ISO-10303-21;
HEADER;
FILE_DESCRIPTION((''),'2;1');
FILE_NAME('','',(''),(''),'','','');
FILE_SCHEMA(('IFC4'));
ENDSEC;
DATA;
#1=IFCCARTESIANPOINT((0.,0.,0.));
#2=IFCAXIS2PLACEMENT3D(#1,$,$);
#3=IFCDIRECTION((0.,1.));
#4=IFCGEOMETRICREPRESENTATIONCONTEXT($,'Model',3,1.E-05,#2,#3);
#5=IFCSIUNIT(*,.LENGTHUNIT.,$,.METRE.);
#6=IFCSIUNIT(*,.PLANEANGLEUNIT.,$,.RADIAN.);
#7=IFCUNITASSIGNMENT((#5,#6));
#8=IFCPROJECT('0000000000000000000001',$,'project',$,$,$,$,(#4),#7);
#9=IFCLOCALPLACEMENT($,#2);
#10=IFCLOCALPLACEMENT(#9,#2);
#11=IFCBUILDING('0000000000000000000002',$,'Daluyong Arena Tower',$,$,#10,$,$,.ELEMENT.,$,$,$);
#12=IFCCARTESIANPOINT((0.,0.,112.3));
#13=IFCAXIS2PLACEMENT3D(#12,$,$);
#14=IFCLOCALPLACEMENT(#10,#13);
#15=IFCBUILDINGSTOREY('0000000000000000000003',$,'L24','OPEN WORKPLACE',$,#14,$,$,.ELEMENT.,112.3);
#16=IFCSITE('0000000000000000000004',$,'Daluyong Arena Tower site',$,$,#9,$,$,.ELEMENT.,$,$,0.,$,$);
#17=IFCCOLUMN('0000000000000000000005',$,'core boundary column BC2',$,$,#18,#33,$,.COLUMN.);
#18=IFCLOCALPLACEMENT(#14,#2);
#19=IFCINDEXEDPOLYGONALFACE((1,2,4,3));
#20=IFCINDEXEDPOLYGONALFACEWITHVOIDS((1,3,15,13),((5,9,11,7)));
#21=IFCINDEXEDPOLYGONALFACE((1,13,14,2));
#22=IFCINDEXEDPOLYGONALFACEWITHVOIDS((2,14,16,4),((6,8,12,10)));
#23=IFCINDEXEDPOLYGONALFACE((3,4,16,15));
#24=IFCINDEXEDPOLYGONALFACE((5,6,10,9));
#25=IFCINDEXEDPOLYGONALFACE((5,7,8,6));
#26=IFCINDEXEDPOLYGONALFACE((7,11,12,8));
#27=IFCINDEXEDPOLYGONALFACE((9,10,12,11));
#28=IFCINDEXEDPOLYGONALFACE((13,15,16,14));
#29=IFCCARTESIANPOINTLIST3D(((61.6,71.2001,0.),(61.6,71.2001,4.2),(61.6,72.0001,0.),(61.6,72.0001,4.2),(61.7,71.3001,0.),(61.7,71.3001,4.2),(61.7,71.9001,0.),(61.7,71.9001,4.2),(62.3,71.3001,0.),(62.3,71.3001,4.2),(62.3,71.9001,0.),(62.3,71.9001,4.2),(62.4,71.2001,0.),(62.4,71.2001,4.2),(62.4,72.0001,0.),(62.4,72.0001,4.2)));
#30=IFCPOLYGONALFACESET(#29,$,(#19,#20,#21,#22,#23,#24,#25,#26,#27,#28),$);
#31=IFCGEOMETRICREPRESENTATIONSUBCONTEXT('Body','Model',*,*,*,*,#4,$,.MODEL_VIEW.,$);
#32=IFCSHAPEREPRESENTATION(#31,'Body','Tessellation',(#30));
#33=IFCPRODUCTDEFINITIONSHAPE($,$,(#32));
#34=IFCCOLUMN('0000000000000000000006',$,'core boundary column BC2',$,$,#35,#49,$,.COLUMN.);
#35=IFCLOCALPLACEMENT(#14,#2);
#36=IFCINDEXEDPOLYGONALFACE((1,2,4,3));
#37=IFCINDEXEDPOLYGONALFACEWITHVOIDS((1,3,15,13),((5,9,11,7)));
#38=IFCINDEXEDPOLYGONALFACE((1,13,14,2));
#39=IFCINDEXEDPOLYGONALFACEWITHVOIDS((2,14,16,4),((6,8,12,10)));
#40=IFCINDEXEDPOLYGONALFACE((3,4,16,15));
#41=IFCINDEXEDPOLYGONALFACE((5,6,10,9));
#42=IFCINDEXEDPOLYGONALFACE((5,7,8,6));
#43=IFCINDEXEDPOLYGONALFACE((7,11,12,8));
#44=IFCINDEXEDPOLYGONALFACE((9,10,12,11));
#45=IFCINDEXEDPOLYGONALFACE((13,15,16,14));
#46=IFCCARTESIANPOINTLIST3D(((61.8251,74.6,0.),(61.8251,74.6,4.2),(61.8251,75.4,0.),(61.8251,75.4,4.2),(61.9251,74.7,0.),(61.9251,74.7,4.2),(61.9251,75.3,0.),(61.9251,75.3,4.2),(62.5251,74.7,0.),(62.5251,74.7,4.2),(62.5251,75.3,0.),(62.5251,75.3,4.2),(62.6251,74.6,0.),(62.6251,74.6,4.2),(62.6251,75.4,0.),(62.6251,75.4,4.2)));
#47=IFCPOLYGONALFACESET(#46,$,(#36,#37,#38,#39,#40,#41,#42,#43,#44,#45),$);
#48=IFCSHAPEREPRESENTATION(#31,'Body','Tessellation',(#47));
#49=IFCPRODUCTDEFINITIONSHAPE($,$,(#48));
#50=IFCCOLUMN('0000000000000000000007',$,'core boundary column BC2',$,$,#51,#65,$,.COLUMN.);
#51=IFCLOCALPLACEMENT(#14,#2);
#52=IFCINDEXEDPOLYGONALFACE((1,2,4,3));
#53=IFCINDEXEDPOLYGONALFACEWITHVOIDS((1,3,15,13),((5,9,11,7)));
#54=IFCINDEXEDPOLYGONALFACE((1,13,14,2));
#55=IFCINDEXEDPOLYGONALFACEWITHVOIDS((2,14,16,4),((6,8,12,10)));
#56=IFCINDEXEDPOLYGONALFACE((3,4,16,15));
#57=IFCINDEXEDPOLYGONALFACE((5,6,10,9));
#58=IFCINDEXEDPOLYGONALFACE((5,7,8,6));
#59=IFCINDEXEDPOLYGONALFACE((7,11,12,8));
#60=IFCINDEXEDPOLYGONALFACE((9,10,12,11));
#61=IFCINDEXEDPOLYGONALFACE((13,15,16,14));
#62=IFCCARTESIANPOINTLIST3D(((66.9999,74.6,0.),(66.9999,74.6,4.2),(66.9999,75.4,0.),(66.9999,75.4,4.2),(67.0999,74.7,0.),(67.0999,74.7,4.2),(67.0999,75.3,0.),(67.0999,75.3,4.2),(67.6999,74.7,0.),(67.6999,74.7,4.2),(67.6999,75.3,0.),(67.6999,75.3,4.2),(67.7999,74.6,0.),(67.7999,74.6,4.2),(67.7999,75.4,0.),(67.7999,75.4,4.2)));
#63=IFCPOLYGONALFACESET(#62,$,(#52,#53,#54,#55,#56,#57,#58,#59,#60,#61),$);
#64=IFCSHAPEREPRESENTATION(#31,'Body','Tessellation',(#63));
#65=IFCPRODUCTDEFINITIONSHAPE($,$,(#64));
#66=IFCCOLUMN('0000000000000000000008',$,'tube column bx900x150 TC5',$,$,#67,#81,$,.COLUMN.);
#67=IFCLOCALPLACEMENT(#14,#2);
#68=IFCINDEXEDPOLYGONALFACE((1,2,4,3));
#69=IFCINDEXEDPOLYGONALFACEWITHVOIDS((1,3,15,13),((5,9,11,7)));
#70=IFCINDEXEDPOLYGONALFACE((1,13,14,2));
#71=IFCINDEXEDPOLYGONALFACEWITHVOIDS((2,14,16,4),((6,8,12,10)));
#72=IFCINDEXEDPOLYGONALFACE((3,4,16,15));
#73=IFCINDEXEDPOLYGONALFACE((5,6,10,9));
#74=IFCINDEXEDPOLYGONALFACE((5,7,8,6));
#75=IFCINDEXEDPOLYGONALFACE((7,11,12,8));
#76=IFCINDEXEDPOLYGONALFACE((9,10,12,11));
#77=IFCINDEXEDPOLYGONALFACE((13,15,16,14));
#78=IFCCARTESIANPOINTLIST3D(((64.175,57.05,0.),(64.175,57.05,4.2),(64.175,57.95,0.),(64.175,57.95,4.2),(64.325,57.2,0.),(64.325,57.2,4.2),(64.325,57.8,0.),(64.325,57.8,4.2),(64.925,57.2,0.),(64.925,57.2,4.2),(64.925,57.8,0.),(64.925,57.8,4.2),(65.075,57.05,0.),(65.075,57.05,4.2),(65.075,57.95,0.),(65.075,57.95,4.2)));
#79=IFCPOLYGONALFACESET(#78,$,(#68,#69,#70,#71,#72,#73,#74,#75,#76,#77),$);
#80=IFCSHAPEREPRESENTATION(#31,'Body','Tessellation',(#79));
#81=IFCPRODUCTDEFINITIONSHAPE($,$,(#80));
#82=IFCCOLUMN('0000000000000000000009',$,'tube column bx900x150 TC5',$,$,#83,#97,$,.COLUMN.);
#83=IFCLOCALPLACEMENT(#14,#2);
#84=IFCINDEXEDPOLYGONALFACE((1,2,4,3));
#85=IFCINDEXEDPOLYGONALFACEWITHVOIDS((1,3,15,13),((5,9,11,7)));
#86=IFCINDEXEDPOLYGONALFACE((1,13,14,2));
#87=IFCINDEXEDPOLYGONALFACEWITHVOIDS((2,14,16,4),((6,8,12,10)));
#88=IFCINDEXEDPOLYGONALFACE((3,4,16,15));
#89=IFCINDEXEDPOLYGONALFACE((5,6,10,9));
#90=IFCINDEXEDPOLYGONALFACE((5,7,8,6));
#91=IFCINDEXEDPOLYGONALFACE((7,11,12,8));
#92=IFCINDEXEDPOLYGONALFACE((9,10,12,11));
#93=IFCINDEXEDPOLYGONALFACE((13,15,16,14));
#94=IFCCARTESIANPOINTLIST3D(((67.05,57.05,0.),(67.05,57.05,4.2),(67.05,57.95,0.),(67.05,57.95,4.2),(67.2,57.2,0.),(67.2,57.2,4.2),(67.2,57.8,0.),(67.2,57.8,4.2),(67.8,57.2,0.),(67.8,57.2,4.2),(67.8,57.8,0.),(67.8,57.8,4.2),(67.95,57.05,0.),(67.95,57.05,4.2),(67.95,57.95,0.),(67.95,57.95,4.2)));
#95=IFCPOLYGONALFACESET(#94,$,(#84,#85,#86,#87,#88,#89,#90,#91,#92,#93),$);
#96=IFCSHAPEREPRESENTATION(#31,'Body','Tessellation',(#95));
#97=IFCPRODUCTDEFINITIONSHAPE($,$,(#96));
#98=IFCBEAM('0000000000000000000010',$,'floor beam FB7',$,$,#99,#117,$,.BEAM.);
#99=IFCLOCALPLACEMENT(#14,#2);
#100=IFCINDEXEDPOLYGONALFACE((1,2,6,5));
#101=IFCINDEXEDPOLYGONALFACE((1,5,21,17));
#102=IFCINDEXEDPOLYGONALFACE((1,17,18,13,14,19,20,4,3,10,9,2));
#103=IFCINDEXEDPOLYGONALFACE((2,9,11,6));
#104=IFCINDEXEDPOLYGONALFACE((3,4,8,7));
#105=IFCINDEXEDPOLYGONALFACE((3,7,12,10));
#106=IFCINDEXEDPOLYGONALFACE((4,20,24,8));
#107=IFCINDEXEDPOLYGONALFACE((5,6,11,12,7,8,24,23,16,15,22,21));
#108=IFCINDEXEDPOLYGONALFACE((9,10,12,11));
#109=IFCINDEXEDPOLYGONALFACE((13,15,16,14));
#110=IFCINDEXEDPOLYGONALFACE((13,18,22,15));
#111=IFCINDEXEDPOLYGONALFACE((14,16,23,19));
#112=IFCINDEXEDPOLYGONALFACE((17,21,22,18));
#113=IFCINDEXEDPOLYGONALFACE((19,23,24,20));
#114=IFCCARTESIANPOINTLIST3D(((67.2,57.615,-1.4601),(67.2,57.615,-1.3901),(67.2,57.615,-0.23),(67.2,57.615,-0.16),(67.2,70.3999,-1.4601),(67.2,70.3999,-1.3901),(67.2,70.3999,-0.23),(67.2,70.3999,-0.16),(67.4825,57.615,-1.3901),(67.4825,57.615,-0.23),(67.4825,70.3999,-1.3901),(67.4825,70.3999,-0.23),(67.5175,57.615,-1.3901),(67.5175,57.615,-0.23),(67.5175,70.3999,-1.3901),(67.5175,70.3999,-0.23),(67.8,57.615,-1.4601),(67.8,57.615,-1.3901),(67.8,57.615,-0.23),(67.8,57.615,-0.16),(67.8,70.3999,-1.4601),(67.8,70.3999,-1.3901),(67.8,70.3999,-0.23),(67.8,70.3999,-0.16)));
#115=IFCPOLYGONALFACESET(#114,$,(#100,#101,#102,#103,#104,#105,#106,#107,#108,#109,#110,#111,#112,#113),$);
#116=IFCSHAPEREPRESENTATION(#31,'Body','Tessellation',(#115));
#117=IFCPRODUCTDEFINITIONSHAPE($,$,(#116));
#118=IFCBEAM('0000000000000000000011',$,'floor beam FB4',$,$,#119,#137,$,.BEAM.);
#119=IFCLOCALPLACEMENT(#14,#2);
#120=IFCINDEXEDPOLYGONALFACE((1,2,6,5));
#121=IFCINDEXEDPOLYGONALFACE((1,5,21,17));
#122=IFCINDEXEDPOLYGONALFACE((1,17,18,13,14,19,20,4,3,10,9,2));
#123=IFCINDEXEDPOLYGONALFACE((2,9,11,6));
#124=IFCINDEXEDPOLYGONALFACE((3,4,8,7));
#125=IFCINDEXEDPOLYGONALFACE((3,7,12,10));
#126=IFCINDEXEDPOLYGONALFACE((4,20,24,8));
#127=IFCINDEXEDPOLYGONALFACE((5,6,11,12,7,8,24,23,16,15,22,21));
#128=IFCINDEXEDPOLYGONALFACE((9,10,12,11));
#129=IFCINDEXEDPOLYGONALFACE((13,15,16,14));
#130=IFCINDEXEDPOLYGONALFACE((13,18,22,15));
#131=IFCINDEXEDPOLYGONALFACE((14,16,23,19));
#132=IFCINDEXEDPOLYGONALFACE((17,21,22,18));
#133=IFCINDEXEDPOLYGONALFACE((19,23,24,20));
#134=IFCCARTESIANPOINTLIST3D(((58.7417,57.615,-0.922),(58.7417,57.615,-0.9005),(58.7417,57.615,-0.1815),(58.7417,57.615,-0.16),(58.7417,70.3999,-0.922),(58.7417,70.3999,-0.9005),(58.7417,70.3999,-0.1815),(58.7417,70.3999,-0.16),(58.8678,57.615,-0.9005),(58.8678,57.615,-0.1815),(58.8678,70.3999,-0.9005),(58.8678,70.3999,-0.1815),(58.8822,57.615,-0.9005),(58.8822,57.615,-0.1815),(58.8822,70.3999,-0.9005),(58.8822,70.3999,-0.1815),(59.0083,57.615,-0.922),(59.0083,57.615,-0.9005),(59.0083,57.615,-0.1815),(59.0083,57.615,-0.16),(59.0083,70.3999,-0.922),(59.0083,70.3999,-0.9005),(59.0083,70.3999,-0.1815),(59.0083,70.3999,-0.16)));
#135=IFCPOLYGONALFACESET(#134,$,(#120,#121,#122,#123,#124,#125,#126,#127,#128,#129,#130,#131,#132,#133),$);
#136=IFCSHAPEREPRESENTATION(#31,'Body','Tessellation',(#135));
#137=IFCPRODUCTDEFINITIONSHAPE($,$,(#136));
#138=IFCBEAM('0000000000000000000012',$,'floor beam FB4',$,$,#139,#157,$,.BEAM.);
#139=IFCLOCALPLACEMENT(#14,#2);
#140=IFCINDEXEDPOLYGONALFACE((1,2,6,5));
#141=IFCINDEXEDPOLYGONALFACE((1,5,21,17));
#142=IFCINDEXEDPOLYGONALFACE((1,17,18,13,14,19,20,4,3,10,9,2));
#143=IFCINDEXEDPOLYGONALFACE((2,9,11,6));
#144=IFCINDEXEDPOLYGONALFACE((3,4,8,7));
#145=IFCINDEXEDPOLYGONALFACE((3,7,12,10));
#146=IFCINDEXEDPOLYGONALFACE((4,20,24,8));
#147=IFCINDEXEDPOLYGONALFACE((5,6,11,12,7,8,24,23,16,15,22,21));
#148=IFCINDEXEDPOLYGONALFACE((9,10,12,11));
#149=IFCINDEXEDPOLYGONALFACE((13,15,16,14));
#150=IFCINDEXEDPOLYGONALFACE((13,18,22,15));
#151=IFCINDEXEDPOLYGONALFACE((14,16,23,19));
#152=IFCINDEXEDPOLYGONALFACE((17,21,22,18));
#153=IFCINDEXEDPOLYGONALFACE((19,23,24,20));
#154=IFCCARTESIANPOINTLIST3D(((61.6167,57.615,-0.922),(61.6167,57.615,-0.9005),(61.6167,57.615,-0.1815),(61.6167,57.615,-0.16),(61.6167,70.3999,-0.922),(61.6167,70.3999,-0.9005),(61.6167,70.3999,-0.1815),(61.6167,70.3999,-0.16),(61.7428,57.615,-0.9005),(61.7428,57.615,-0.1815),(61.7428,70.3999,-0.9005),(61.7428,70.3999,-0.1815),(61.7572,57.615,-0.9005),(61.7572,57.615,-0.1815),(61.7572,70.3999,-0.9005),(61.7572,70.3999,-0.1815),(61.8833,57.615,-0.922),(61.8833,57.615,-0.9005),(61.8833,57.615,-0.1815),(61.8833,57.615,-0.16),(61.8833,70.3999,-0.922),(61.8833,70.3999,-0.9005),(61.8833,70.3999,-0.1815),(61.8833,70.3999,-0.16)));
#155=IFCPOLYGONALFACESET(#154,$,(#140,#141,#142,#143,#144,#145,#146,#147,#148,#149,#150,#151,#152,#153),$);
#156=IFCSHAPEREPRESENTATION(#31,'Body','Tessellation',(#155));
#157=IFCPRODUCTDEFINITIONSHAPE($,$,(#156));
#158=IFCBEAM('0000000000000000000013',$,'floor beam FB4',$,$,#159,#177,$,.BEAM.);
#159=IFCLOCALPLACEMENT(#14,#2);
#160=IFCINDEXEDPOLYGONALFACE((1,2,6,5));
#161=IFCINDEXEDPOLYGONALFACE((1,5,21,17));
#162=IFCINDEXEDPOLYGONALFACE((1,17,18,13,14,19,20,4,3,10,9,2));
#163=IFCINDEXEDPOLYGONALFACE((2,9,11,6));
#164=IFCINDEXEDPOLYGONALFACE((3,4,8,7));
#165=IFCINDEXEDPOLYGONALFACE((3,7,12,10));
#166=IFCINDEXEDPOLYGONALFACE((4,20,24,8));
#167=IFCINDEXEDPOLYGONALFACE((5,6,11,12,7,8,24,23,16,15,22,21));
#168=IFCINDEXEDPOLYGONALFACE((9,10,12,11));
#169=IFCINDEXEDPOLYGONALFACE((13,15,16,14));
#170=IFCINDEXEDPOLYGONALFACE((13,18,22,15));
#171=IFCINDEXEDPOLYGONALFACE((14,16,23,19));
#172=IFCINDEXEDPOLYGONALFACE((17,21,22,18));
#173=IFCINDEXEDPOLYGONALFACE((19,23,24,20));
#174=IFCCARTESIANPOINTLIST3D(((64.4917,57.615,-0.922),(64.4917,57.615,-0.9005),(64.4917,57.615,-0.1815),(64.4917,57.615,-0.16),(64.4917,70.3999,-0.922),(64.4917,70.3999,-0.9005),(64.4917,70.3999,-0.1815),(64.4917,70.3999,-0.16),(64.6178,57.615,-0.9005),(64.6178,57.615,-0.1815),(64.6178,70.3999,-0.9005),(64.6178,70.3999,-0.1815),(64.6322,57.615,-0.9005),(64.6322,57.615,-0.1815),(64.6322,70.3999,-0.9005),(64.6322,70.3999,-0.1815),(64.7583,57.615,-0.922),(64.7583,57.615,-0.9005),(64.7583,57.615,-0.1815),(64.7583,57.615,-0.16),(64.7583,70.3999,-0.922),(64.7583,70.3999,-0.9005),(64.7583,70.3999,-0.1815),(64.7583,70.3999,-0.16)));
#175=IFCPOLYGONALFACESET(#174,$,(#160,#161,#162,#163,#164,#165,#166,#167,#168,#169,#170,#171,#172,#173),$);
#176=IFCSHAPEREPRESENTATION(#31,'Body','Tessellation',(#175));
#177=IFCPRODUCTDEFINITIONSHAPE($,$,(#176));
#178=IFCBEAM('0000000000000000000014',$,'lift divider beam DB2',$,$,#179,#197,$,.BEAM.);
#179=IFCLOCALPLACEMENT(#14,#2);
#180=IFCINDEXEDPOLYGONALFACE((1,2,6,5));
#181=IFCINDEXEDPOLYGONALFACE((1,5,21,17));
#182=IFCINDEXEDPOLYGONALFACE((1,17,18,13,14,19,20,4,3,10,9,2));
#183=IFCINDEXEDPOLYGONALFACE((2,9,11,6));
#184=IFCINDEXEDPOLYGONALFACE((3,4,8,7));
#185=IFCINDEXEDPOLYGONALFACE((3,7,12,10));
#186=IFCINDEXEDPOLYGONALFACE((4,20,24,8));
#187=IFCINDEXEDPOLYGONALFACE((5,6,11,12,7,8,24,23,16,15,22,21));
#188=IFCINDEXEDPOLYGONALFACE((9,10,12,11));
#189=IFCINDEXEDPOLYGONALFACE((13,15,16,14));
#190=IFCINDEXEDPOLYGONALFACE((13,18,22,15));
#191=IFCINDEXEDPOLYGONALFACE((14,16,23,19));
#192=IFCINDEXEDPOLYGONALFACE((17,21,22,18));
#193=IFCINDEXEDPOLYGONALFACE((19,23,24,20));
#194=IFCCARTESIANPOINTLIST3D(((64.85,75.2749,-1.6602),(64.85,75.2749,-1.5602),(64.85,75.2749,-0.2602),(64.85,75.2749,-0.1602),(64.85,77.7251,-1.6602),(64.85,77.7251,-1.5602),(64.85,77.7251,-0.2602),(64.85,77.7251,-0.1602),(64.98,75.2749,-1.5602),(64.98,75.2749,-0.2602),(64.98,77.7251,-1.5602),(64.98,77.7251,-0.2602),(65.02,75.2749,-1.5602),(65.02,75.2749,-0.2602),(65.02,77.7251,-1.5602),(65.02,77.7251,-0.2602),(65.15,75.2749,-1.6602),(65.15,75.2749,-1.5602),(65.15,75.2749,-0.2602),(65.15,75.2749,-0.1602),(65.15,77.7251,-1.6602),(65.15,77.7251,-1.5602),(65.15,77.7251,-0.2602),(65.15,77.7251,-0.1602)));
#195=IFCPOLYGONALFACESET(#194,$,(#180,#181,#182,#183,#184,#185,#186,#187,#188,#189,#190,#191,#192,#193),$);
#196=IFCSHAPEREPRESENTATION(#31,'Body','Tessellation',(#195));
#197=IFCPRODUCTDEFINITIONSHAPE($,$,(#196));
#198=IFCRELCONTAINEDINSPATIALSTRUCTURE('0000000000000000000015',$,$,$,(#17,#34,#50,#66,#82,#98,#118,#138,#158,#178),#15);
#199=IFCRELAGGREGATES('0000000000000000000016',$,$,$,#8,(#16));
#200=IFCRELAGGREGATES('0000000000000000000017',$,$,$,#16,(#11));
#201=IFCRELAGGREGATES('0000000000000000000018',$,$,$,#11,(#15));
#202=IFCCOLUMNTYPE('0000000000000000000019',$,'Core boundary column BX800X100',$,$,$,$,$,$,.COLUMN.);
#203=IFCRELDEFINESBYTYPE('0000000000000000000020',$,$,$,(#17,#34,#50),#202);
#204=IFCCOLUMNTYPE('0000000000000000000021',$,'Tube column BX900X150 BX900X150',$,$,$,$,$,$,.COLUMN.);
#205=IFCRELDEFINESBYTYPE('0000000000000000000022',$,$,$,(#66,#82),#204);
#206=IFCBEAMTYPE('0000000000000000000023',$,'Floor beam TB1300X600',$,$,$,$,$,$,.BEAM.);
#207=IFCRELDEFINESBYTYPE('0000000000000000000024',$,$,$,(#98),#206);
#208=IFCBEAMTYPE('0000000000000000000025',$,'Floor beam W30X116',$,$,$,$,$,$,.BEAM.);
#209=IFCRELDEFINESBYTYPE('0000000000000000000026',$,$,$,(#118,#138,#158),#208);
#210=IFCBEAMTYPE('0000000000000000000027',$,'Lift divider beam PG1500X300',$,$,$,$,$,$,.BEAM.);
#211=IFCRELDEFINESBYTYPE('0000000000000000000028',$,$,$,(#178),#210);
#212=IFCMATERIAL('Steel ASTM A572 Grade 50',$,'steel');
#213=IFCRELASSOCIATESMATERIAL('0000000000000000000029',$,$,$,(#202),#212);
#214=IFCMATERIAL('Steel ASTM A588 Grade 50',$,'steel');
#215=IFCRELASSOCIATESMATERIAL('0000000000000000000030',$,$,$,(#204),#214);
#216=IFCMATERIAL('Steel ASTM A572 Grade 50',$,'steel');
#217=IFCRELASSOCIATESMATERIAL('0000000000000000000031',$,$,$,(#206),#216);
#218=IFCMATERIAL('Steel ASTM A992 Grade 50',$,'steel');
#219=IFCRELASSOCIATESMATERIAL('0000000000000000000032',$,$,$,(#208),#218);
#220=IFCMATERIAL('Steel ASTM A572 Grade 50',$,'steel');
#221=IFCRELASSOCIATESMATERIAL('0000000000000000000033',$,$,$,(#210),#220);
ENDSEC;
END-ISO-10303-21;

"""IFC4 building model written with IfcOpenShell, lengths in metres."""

from ifc_helpers import new_model, si_unit, direction, frame, origin, origin_2d, place, context, subcontext, project, spatial, hollow_rectangle, i_section, extrude, material, material_profile, profile_set, type_object, element, save


model = new_model("IFC4")

# Units and contexts
model_context = context("Model", 3, precision=1e-05, world=origin(), true_north=direction((0.0, 1.0)))
body_context = subcontext(model_context, "Body", "Model", "MODEL_VIEW")
ifc_project = project(units=[si_unit("LENGTHUNIT", "METRE"), si_unit("PLANEANGLEUNIT", "RADIAN")], contexts=[model_context])

# Site, building, storey
site_placement = place(None, origin())
site = spatial("IfcSite", under=ifc_project, at=site_placement, Name="Daluyong Arena Tower site", CompositionType="ELEMENT", RefElevation=0.0)
building_placement = place(site_placement, origin())
building = spatial("IfcBuilding", under=site, at=building_placement, Name="Daluyong Arena Tower", CompositionType="ELEMENT")
storey_placement = place(building_placement, frame((0.0, 0.0, 112.3)))
storey = spatial("IfcBuildingStorey", under=building, at=storey_placement, Name="L24", Description="OPEN WORKPLACE", CompositionType="ELEMENT", Elevation=112.3)

# Columns
ifc_material_1 = material(Name="Steel ASTM A572 Grade 50", Category="steel")
ifc_material_profile_1 = material_profile(ifc_material_1, hollow_rectangle(XDim=0.8, YDim=0.8, WallThickness=0.1, at=origin_2d()))
ifc_profile_set_1 = profile_set([ifc_material_profile_1], Name="Steel ASTM A572 Grade 50")
column_type_1 = type_object("IfcColumnType", Name="Core boundary column BX800X100", PredefinedType="COLUMN", material=ifc_profile_set_1)
for number, where, z_axis, x_axis, name in (
    (1, (62.0, 71.6001, 0.0), (0.0, 0.0, 1.0), (1.0, 0.0, 0.0), "core boundary column BC2"),
    (2, (62.2251, 75.0, 0.0), (0.0, 0.0, 1.0), (1.0, 0.0, 0.0), "core boundary column BC2"),
    (3, (67.3999, 75.0, 0.0), (0.0, 0.0, 1.0), (1.0, 0.0, 0.0), "core boundary column BC2"),
):
    element("IfcColumn", number, at=place(storey_placement, frame(where, z_axis=z_axis, x_axis=x_axis)), inside=storey, type_object=column_type_1, Name=name, PredefinedType="COLUMN", context=body_context, shape_type="SweptSolid", body=[
        extrude(hollow_rectangle(XDim=0.8, YDim=0.8, WallThickness=0.1, at=origin_2d()), origin(), (0.0, 0.0, 1.0), 4.2),
    ])
ifc_material_2 = material(Name="Steel ASTM A588 Grade 50", Category="steel")
ifc_material_profile_2 = material_profile(ifc_material_2, hollow_rectangle(XDim=0.8999, YDim=0.8999, WallThickness=0.15, at=origin_2d()))
ifc_profile_set_2 = profile_set([ifc_material_profile_2], Name="Steel ASTM A588 Grade 50")
column_type_2 = type_object("IfcColumnType", Name="Tube column BX900X150 BX900X150", PredefinedType="COLUMN", material=ifc_profile_set_2)
for number, where, z_axis, x_axis, name in (
    (4, (64.625, 57.5, 0.0), (0.0, 0.0, 1.0), (1.0, 0.0, 0.0), "tube column bx900x150 TC5"),
    (5, (67.5, 57.5, 0.0), (0.0, 0.0, 1.0), (1.0, 0.0, 0.0), "tube column bx900x150 TC5"),
):
    element("IfcColumn", number, at=place(storey_placement, frame(where, z_axis=z_axis, x_axis=x_axis)), inside=storey, type_object=column_type_2, Name=name, PredefinedType="COLUMN", context=body_context, shape_type="SweptSolid", body=[
        extrude(hollow_rectangle(XDim=0.8999, YDim=0.8999, WallThickness=0.15, at=origin_2d()), origin(), (0.0, 0.0, 1.0), 4.2),
    ])

# Beams
ifc_material_3 = material(Name="Steel ASTM A572 Grade 50", Category="steel")
ifc_material_profile_3 = material_profile(ifc_material_3, i_section(OverallWidth=0.6001, OverallDepth=1.3, WebThickness=0.035, FlangeThickness=0.07, at=origin_2d()))
ifc_profile_set_3 = profile_set([ifc_material_profile_3], Name="Steel ASTM A572 Grade 50")
beam_type_1 = type_object("IfcBeamType", Name="Floor beam TB1300X600", PredefinedType="BEAM", material=ifc_profile_set_3)
beam_1_placement = place(storey_placement, frame((67.5, 57.615, -0.8101), z_axis=(0.0, 1.0, 0.0), x_axis=(-1.0, 0.0, 0.0)))
element("IfcBeam", 6, at=beam_1_placement, inside=storey, type_object=beam_type_1, Name="floor beam FB7", PredefinedType="BEAM", context=body_context, shape_type="SweptSolid", body=[
    extrude(i_section(OverallWidth=0.6001, OverallDepth=1.3, WebThickness=0.035, FlangeThickness=0.07, at=origin_2d()), origin(), (0.0, 0.0, 1.0), 12.7849),
])
ifc_material_4 = material(Name="Steel ASTM A992 Grade 50", Category="steel")
ifc_material_profile_4 = material_profile(ifc_material_4, i_section(OverallWidth=0.2666, OverallDepth=0.762, WebThickness=0.0144, FlangeThickness=0.0215, at=origin_2d()))
ifc_profile_set_4 = profile_set([ifc_material_profile_4], Name="Steel ASTM A992 Grade 50")
beam_type_2 = type_object("IfcBeamType", Name="Floor beam W30X116", PredefinedType="BEAM", material=ifc_profile_set_4)
for number, where, z_axis, x_axis, name in (
    (7, (58.875, 57.615, -0.541), (0.0, 1.0, 0.0), (-1.0, 0.0, 0.0), "floor beam FB4"),
    (8, (61.75, 57.615, -0.541), (0.0, 1.0, 0.0), (-1.0, 0.0, 0.0), "floor beam FB4"),
    (9, (64.625, 57.615, -0.541), (0.0, 1.0, 0.0), (-1.0, 0.0, 0.0), "floor beam FB4"),
):
    element("IfcBeam", number, at=place(storey_placement, frame(where, z_axis=z_axis, x_axis=x_axis)), inside=storey, type_object=beam_type_2, Name=name, PredefinedType="BEAM", context=body_context, shape_type="SweptSolid", body=[
        extrude(i_section(OverallWidth=0.2666, OverallDepth=0.762, WebThickness=0.0144, FlangeThickness=0.0215, at=origin_2d()), origin(), (0.0, 0.0, 1.0), 12.7849),
    ])
ifc_material_5 = material(Name="Steel ASTM A572 Grade 50", Category="steel")
ifc_material_profile_5 = material_profile(ifc_material_5, i_section(OverallWidth=0.3, OverallDepth=1.5, WebThickness=0.04, FlangeThickness=0.1, at=origin_2d()))
ifc_profile_set_5 = profile_set([ifc_material_profile_5], Name="Steel ASTM A572 Grade 50")
beam_type_3 = type_object("IfcBeamType", Name="Lift divider beam PG1500X300", PredefinedType="BEAM", material=ifc_profile_set_5)
beam_2_placement = place(storey_placement, frame((65.0, 75.2749, -0.9102), z_axis=(0.0, 1.0, 0.0), x_axis=(-1.0, 0.0, 0.0)))
element("IfcBeam", 10, at=beam_2_placement, inside=storey, type_object=beam_type_3, Name="lift divider beam DB2", PredefinedType="BEAM", context=body_context, shape_type="SweptSolid", body=[
    extrude(i_section(OverallWidth=0.3, OverallDepth=1.5, WebThickness=0.04, FlangeThickness=0.1, at=origin_2d()), origin(), (0.0, 0.0, 1.0), 2.4502),
])

save(model, "model.ifc")
